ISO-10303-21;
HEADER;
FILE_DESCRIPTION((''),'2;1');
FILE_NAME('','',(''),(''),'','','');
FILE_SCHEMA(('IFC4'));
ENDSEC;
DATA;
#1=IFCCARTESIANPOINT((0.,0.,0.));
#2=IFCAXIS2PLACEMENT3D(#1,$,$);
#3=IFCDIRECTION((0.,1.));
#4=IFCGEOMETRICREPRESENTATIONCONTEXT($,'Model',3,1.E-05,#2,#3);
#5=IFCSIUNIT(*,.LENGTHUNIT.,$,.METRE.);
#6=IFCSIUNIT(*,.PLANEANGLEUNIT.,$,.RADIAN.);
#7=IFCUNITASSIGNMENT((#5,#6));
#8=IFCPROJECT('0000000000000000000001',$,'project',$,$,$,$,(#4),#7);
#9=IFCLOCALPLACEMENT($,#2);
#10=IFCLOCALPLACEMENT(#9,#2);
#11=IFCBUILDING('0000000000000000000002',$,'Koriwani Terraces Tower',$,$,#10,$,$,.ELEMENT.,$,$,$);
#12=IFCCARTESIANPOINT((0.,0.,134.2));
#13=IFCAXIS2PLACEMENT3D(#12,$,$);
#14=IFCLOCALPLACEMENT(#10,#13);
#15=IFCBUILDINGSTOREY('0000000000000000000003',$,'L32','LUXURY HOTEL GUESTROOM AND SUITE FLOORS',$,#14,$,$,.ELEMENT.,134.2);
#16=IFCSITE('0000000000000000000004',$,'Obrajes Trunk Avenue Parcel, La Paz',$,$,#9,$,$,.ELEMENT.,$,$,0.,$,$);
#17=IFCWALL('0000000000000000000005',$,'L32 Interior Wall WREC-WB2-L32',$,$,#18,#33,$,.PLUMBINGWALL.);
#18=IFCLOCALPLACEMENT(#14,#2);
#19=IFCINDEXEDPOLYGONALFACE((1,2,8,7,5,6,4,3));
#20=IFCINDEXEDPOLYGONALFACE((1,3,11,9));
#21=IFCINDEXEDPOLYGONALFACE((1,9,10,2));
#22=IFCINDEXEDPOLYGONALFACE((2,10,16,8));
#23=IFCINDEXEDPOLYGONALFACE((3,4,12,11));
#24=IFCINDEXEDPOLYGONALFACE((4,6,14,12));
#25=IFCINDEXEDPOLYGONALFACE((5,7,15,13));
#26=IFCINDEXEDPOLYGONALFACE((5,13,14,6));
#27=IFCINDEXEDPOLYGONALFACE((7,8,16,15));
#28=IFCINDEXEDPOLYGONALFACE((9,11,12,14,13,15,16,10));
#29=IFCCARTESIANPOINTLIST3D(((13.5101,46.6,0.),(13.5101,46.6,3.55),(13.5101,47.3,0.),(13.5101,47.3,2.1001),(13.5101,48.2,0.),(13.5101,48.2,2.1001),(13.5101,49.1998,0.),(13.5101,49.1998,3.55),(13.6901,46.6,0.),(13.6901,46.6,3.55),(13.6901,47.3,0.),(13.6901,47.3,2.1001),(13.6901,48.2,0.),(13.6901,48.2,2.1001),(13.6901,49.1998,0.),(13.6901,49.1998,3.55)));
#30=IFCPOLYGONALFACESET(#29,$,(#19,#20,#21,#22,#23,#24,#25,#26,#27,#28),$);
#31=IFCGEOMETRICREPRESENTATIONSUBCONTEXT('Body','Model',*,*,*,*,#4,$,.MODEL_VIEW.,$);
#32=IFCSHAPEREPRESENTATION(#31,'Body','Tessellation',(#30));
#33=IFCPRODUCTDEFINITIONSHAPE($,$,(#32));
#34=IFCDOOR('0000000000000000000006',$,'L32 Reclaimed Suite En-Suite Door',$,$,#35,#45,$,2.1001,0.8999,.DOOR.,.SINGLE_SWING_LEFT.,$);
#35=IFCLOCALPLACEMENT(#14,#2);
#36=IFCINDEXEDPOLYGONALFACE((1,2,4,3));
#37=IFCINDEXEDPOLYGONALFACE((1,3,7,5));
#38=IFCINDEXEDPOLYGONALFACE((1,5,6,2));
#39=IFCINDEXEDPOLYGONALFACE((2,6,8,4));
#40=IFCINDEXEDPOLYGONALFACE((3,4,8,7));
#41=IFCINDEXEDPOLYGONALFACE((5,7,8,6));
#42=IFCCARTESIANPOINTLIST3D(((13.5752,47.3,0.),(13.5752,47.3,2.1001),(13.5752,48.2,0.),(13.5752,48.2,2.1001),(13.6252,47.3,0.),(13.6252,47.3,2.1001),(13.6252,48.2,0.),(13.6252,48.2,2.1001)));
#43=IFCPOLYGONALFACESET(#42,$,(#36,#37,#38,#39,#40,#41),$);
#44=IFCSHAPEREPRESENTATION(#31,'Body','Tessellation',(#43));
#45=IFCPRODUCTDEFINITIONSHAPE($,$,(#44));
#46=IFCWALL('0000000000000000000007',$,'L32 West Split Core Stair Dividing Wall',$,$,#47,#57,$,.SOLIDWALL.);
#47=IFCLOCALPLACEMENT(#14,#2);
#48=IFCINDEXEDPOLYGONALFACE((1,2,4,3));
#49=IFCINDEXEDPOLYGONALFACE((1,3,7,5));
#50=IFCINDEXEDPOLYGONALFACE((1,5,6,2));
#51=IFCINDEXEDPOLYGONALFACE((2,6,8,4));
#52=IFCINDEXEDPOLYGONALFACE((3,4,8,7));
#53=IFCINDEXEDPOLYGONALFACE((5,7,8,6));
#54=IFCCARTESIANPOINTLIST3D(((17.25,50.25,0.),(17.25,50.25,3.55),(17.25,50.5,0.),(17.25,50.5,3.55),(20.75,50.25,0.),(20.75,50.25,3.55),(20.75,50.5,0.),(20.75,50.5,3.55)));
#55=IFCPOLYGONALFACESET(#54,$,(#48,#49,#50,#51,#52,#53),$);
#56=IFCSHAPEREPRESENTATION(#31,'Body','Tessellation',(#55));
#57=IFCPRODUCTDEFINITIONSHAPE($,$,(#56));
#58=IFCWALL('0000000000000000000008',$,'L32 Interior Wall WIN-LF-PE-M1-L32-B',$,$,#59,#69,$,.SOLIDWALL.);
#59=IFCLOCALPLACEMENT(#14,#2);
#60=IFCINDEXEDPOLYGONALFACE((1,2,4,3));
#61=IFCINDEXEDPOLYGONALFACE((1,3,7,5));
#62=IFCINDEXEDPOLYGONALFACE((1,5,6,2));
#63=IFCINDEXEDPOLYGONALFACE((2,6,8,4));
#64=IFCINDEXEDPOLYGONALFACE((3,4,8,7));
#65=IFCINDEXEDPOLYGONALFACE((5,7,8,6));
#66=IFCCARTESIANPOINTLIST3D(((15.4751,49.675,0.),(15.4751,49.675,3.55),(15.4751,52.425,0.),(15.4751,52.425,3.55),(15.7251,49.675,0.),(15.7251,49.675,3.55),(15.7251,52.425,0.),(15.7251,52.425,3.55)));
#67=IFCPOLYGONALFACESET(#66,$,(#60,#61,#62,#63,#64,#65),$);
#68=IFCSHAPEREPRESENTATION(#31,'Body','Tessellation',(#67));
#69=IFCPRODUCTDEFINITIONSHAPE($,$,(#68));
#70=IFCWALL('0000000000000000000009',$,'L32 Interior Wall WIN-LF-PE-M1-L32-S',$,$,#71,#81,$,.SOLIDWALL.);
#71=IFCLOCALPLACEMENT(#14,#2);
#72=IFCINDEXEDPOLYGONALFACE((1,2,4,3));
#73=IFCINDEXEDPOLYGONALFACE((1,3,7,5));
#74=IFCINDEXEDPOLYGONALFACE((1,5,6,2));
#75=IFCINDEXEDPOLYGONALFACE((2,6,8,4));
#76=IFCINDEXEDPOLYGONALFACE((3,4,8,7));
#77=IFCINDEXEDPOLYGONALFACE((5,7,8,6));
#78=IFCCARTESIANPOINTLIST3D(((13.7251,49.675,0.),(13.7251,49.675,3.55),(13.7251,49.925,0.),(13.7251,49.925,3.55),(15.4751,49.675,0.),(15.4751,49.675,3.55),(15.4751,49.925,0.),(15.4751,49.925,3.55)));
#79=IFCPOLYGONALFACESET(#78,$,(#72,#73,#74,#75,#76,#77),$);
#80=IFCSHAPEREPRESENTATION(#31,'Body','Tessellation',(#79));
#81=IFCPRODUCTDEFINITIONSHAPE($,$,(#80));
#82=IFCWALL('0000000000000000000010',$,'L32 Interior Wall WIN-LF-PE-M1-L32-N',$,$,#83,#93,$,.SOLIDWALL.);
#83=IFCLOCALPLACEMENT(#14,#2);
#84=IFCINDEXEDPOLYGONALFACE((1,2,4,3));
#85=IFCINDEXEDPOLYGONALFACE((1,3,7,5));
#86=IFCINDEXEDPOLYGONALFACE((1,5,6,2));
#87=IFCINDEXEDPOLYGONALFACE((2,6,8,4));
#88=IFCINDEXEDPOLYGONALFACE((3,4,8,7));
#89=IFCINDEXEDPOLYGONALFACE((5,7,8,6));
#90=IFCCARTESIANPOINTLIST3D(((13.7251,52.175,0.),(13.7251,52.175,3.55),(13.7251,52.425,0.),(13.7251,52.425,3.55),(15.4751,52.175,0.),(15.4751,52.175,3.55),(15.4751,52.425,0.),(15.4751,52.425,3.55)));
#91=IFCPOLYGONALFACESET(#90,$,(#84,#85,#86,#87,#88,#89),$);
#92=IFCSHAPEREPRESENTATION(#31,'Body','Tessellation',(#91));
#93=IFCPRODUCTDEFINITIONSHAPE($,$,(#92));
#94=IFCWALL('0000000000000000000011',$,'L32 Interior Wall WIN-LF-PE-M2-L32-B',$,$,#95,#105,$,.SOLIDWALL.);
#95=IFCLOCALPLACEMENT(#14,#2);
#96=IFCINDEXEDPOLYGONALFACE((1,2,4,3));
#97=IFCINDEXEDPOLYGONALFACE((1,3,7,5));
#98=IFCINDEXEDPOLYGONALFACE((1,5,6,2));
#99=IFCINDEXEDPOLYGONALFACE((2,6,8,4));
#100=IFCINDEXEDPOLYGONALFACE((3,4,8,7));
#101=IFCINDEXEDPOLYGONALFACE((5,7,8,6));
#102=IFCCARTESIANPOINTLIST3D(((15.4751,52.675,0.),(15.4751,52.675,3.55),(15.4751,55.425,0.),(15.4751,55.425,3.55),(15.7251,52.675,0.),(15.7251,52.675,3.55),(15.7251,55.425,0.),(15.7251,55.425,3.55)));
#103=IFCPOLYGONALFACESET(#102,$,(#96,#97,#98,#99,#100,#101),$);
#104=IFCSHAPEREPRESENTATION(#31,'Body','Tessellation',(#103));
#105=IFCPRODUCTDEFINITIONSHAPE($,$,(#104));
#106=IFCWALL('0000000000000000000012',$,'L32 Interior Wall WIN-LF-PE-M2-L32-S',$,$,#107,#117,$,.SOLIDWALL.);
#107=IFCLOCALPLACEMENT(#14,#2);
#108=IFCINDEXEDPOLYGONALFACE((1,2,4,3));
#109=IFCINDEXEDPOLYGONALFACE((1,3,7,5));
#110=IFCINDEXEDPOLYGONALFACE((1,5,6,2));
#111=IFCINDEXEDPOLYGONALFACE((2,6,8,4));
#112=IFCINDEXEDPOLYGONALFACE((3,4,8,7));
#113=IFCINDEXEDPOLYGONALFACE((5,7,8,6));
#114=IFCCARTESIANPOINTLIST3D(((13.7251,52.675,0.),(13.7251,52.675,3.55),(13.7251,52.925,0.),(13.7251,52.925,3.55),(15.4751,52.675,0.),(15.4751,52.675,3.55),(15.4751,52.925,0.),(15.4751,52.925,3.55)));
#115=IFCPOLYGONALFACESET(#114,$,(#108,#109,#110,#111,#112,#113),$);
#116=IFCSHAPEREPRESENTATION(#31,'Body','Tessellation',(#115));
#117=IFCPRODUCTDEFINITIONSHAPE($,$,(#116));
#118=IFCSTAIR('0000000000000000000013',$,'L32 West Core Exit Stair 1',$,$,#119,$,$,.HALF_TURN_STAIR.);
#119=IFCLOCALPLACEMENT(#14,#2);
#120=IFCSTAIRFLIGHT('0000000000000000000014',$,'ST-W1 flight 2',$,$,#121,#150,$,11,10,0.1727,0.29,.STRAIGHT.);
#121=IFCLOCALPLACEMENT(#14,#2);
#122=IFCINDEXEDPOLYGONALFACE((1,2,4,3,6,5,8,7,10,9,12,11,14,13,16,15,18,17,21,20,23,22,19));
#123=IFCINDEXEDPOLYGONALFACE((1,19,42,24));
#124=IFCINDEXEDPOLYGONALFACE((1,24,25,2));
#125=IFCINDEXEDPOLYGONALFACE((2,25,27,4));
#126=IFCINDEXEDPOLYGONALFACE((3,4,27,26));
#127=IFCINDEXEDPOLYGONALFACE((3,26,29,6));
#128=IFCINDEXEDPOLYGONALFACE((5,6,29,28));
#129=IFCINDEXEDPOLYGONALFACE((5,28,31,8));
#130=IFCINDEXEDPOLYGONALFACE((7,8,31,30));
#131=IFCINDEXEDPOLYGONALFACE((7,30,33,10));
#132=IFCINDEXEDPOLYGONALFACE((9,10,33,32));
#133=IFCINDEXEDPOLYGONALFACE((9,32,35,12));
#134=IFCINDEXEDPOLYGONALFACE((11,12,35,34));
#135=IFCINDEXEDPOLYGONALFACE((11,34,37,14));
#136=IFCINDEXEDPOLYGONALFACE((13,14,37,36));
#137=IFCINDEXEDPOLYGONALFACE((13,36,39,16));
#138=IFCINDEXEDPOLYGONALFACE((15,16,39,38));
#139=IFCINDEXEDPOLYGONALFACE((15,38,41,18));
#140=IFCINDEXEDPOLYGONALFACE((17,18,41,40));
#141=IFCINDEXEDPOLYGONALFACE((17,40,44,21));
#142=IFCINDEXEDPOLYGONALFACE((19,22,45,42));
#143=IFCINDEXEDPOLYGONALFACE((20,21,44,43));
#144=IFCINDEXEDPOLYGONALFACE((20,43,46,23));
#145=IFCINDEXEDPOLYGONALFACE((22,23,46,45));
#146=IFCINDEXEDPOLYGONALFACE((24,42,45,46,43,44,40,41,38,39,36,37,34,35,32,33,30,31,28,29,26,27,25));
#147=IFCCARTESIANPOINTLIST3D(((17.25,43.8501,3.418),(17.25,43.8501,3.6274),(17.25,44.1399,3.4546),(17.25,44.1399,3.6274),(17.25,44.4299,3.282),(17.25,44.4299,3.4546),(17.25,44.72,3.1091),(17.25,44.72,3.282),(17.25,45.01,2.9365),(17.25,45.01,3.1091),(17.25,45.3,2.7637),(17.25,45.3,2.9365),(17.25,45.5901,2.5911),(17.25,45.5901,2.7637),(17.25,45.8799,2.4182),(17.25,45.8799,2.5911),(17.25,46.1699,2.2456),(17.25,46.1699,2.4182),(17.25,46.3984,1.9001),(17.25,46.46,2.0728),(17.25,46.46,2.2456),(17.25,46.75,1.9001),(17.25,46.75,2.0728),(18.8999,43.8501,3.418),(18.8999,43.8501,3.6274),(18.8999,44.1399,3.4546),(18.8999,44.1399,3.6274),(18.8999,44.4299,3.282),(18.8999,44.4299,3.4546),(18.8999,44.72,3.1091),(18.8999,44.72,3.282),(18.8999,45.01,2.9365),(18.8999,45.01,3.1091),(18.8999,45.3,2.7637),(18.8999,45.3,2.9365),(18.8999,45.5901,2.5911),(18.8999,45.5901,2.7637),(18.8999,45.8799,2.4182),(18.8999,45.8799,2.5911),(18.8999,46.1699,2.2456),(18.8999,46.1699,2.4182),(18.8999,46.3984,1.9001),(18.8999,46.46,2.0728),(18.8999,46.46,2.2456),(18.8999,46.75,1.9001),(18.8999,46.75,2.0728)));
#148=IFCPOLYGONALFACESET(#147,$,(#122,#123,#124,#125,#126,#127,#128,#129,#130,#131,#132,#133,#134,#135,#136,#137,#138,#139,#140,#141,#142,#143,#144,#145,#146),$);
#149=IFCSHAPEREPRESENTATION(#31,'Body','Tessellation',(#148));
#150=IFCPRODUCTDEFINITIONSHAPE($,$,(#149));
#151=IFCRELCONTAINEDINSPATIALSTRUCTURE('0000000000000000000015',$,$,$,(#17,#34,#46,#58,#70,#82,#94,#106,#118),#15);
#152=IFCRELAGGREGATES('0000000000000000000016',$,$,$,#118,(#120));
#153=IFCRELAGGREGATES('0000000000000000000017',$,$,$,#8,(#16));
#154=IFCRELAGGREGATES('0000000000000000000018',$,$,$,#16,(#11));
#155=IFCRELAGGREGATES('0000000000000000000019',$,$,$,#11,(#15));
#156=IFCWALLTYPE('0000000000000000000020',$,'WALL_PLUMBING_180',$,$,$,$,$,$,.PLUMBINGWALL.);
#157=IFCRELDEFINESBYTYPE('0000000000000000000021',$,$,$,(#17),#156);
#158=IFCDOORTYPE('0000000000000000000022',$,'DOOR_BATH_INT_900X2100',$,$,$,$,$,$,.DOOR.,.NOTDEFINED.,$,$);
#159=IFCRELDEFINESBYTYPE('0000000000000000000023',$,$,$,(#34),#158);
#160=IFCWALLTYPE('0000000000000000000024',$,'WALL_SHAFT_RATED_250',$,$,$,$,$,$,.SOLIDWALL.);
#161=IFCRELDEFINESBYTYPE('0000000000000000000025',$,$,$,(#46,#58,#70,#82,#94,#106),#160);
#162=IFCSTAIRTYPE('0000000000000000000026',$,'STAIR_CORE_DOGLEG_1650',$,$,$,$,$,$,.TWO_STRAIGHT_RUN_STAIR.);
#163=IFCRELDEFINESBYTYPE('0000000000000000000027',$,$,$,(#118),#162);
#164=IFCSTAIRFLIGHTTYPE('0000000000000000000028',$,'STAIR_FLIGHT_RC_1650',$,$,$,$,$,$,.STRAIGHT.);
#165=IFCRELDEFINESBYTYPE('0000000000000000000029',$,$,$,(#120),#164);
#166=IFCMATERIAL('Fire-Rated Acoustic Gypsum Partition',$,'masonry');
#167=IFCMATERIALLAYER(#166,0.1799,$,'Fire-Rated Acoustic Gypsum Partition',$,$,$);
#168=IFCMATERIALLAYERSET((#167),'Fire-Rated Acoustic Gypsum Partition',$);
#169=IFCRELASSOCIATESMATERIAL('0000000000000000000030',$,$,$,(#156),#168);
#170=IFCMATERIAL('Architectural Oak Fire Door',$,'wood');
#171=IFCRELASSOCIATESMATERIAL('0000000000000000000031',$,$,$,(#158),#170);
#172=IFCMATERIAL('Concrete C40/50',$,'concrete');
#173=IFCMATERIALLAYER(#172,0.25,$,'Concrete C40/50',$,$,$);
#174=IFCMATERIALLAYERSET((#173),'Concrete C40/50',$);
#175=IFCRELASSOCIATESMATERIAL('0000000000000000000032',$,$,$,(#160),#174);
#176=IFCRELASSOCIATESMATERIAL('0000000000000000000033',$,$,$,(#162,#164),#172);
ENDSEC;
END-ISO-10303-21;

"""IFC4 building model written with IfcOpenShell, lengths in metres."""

from ifc_helpers import new_model, si_unit, direction, frame, frame_2d, origin, place, context, subcontext, project, spatial, polyline, rectangle, outline, extrude, material, layer, layer_set, type_object, element, fill, aggregate, save


model = new_model("IFC4")

# Units and contexts
model_context = context("Model", 3, precision=1e-05, world=origin(), true_north=direction((0.0, 1.0)))
body_context = subcontext(model_context, "Body", "Model", "MODEL_VIEW")
ifc_project = project(units=[si_unit("LENGTHUNIT", "METRE"), si_unit("PLANEANGLEUNIT", "RADIAN")], contexts=[model_context])

# Site, building, storey
site_placement = place(None, origin())
site = spatial("IfcSite", under=ifc_project, at=site_placement, Name="Obrajes Trunk Avenue Parcel, La Paz", CompositionType="ELEMENT", RefElevation=0.0)
building_placement = place(site_placement, origin())
building = spatial("IfcBuilding", under=site, at=building_placement, Name="Koriwani Terraces Tower", CompositionType="ELEMENT")
storey_placement = place(building_placement, frame((0.0, 0.0, 134.2)))
storey = spatial("IfcBuildingStorey", under=building, at=storey_placement, Name="L32", Description="LUXURY HOTEL GUESTROOM AND SUITE FLOORS", CompositionType="ELEMENT", Elevation=134.2)

# Shared definitions
ifc_material_1 = material(Name="Concrete C40/50", Category="concrete")

# Shared definitions
ifc_material_2 = material(Name="Fire-Rated Acoustic Gypsum Partition", Category="masonry")
ifc_layer_1 = layer(ifc_material_2, 0.1799, Name="Fire-Rated Acoustic Gypsum Partition")
ifc_layer_set_1 = layer_set([ifc_layer_1], Name="Fire-Rated Acoustic Gypsum Partition")
wall_type_1 = type_object("IfcWallType", Name="WALL_PLUMBING_180", PredefinedType="PLUMBINGWALL", material=ifc_layer_set_1)

# Wall, opening, door
wall_1_placement = place(storey_placement, frame((13.6001, 46.6001, 0.0), z_axis=(0.0, 0.0, 1.0), x_axis=(0.0, 1.0, 0.0)))
wall_1 = element("IfcWall", 1, at=wall_1_placement, inside=storey, type_object=wall_type_1, Name="L32 Interior Wall WREC-WB2-L32", PredefinedType="PLUMBINGWALL", context=body_context, shape_type="SweptSolid", body=[
    extrude(rectangle(XDim=2.5999, YDim=0.1799, at=frame_2d((1.2998, 0.0))), origin(), (0.0, 0.0, 1.0), 3.55),
])
opening_1_placement = place(wall_1_placement, frame((0.7, 0.0, 0.0)))
opening_1 = element("IfcOpeningElement", 2, at=opening_1_placement, cuts=wall_1, PredefinedType="OPENING", context=body_context, shape_type="SweptSolid", body=[
    extrude(rectangle(XDim=0.8999, YDim=2.1001, at=frame_2d((0.45, 1.05))), frame((0.0, 0.1001, 0.0), z_axis=(0.0, -1.0, 0.0), x_axis=(1.0, 0.0, 0.0)), (0.0, 0.0, 1.0), 0.2),
])
ifc_material_3 = material(Name="Architectural Oak Fire Door", Category="wood")
door_type_1 = type_object("IfcDoorType", Name="DOOR_BATH_INT_900X2100", OperationType="NOTDEFINED", PredefinedType="DOOR", material=ifc_material_3)
door_1_placement = place(opening_1_placement, origin())
door_1 = element("IfcDoor", 3, at=door_1_placement, inside=storey, type_object=door_type_1, Name="L32 Reclaimed Suite En-Suite Door", OperationType="SINGLE_SWING_LEFT", OverallHeight=2.1001, OverallWidth=0.8999, PredefinedType="DOOR", context=body_context, shape_type="SweptSolid", body=[
    extrude(rectangle(XDim=0.8999, YDim=2.1001, at=frame_2d((0.45, 1.05))), frame((0.0, 0.0249, 0.0), z_axis=(0.0, -1.0, 0.0), x_axis=(1.0, 0.0, 0.0)), (0.0, 0.0, 1.0), 0.05),
])
fill(opening_1, door_1)

# Wall
ifc_layer_2 = layer(ifc_material_1, 0.25, Name="Concrete C40/50")
ifc_layer_set_2 = layer_set([ifc_layer_2], Name="Concrete C40/50")
wall_type_2 = type_object("IfcWallType", Name="WALL_SHAFT_RATED_250", PredefinedType="SOLIDWALL", material=ifc_layer_set_2)
wall_2_placement = place(storey_placement, frame((17.25, 50.375, 0.0), z_axis=(0.0, 0.0, 1.0), x_axis=(1.0, 0.0, 0.0)))
element("IfcWall", 4, at=wall_2_placement, inside=storey, type_object=wall_type_2, Name="L32 West Split Core Stair Dividing Wall", PredefinedType="SOLIDWALL", context=body_context, shape_type="SweptSolid", body=[
    extrude(rectangle(XDim=3.5, YDim=0.25, at=frame_2d((1.75, 0.0))), origin(), (0.0, 0.0, 1.0), 3.55),
])

# Walls
wall_3_placement = place(storey_placement, frame((15.6001, 49.675, 0.0), z_axis=(0.0, 0.0, 1.0), x_axis=(0.0, 1.0, 0.0)))
element("IfcWall", 5, at=wall_3_placement, inside=storey, type_object=wall_type_2, Name="L32 Interior Wall WIN-LF-PE-M1-L32-B", PredefinedType="SOLIDWALL", context=body_context, shape_type="SweptSolid", body=[
    extrude(rectangle(XDim=2.75, YDim=0.25, at=frame_2d((1.375, 0.0))), origin(), (0.0, 0.0, 1.0), 3.55),
])
for number, where, z_axis, x_axis, name in (
    (6, (13.7251, 49.8, 0.0), (0.0, 0.0, 1.0), (1.0, 0.0, 0.0), "L32 Interior Wall WIN-LF-PE-M1-L32-S"),
    (7, (13.7251, 52.3, 0.0), (0.0, 0.0, 1.0), (1.0, 0.0, 0.0), "L32 Interior Wall WIN-LF-PE-M1-L32-N"),
):
    element("IfcWall", number, at=place(storey_placement, frame(where, z_axis=z_axis, x_axis=x_axis)), inside=storey, type_object=wall_type_2, Name=name, PredefinedType="SOLIDWALL", context=body_context, shape_type="SweptSolid", body=[
        extrude(rectangle(XDim=1.75, YDim=0.25, at=frame_2d((0.875, 0.0))), origin(), (0.0, 0.0, 1.0), 3.55),
    ])

# Walls
wall_4_placement = place(storey_placement, frame((15.6001, 52.675, 0.0), z_axis=(0.0, 0.0, 1.0), x_axis=(0.0, 1.0, 0.0)))
element("IfcWall", 8, at=wall_4_placement, inside=storey, type_object=wall_type_2, Name="L32 Interior Wall WIN-LF-PE-M2-L32-B", PredefinedType="SOLIDWALL", context=body_context, shape_type="SweptSolid", body=[
    extrude(rectangle(XDim=2.75, YDim=0.25, at=frame_2d((1.375, 0.0))), origin(), (0.0, 0.0, 1.0), 3.55),
])
wall_5_placement = place(storey_placement, frame((13.7251, 52.8, 0.0), z_axis=(0.0, 0.0, 1.0), x_axis=(1.0, 0.0, 0.0)))
element("IfcWall", 9, at=wall_5_placement, inside=storey, type_object=wall_type_2, Name="L32 Interior Wall WIN-LF-PE-M2-L32-S", PredefinedType="SOLIDWALL", context=body_context, shape_type="SweptSolid", body=[
    extrude(rectangle(XDim=1.75, YDim=0.25, at=frame_2d((0.875, 0.0))), origin(), (0.0, 0.0, 1.0), 3.55),
])

# Stair, stair flight
stair_type = type_object("IfcStairType", Name="STAIR_CORE_DOGLEG_1650", PredefinedType="TWO_STRAIGHT_RUN_STAIR", material=ifc_material_1)
stair_placement = place(storey_placement, origin())
stair = element("IfcStair", 10, at=stair_placement, inside=storey, type_object=stair_type, Name="L32 West Core Exit Stair 1", PredefinedType="HALF_TURN_STAIR")
stair_flight_type = type_object("IfcStairFlightType", Name="STAIR_FLIGHT_RC_1650", PredefinedType="STRAIGHT", material=ifc_material_1)
stair_flight_placement = place(storey_placement, frame((18.075, 46.75, 1.9001), z_axis=(0.0, 0.0, 1.0), x_axis=(0.0, -1.0, 0.0)))
stair_flight = element("IfcStairFlight", 11, at=stair_flight_placement, type_object=stair_flight_type, Name="ST-W1 flight 2", NumberOfRisers=11, NumberOfTreads=10, PredefinedType="STRAIGHT", RiserHeight=0.1727, TreadLength=0.29, context=body_context, shape_type="SweptSolid", body=[
    extrude(outline(polyline([(0.0, 0.0), (0.0, 0.1726), (0.29, 0.1726), (0.29, 0.3455), (0.5801, 0.3455), (0.5801, 0.5181), (0.8701, 0.5181), (0.8701, 0.6909), (1.1599, 0.6909), (1.1599, 0.8635), (1.45, 0.8635), (1.45, 1.0364), (1.74, 1.0364), (1.74, 1.209), (2.03, 1.209), (2.03, 1.3818), (2.3201, 1.3818), (2.3201, 1.5544), (2.6101, 1.5544), (2.6101, 1.7273), (2.8999, 1.7273), (2.8999, 1.8999), (2.8999, 1.5178), (0.3516, 0.0), (0.0, 0.0)])), frame((0.0, 0.825, 0.0), z_axis=(0.0, -1.0, 0.0), x_axis=(1.0, 0.0, 0.0)), (0.0, 0.0, 1.0), 1.6499),
])
aggregate(stair, [stair_flight])

save(model, "model.ifc")
